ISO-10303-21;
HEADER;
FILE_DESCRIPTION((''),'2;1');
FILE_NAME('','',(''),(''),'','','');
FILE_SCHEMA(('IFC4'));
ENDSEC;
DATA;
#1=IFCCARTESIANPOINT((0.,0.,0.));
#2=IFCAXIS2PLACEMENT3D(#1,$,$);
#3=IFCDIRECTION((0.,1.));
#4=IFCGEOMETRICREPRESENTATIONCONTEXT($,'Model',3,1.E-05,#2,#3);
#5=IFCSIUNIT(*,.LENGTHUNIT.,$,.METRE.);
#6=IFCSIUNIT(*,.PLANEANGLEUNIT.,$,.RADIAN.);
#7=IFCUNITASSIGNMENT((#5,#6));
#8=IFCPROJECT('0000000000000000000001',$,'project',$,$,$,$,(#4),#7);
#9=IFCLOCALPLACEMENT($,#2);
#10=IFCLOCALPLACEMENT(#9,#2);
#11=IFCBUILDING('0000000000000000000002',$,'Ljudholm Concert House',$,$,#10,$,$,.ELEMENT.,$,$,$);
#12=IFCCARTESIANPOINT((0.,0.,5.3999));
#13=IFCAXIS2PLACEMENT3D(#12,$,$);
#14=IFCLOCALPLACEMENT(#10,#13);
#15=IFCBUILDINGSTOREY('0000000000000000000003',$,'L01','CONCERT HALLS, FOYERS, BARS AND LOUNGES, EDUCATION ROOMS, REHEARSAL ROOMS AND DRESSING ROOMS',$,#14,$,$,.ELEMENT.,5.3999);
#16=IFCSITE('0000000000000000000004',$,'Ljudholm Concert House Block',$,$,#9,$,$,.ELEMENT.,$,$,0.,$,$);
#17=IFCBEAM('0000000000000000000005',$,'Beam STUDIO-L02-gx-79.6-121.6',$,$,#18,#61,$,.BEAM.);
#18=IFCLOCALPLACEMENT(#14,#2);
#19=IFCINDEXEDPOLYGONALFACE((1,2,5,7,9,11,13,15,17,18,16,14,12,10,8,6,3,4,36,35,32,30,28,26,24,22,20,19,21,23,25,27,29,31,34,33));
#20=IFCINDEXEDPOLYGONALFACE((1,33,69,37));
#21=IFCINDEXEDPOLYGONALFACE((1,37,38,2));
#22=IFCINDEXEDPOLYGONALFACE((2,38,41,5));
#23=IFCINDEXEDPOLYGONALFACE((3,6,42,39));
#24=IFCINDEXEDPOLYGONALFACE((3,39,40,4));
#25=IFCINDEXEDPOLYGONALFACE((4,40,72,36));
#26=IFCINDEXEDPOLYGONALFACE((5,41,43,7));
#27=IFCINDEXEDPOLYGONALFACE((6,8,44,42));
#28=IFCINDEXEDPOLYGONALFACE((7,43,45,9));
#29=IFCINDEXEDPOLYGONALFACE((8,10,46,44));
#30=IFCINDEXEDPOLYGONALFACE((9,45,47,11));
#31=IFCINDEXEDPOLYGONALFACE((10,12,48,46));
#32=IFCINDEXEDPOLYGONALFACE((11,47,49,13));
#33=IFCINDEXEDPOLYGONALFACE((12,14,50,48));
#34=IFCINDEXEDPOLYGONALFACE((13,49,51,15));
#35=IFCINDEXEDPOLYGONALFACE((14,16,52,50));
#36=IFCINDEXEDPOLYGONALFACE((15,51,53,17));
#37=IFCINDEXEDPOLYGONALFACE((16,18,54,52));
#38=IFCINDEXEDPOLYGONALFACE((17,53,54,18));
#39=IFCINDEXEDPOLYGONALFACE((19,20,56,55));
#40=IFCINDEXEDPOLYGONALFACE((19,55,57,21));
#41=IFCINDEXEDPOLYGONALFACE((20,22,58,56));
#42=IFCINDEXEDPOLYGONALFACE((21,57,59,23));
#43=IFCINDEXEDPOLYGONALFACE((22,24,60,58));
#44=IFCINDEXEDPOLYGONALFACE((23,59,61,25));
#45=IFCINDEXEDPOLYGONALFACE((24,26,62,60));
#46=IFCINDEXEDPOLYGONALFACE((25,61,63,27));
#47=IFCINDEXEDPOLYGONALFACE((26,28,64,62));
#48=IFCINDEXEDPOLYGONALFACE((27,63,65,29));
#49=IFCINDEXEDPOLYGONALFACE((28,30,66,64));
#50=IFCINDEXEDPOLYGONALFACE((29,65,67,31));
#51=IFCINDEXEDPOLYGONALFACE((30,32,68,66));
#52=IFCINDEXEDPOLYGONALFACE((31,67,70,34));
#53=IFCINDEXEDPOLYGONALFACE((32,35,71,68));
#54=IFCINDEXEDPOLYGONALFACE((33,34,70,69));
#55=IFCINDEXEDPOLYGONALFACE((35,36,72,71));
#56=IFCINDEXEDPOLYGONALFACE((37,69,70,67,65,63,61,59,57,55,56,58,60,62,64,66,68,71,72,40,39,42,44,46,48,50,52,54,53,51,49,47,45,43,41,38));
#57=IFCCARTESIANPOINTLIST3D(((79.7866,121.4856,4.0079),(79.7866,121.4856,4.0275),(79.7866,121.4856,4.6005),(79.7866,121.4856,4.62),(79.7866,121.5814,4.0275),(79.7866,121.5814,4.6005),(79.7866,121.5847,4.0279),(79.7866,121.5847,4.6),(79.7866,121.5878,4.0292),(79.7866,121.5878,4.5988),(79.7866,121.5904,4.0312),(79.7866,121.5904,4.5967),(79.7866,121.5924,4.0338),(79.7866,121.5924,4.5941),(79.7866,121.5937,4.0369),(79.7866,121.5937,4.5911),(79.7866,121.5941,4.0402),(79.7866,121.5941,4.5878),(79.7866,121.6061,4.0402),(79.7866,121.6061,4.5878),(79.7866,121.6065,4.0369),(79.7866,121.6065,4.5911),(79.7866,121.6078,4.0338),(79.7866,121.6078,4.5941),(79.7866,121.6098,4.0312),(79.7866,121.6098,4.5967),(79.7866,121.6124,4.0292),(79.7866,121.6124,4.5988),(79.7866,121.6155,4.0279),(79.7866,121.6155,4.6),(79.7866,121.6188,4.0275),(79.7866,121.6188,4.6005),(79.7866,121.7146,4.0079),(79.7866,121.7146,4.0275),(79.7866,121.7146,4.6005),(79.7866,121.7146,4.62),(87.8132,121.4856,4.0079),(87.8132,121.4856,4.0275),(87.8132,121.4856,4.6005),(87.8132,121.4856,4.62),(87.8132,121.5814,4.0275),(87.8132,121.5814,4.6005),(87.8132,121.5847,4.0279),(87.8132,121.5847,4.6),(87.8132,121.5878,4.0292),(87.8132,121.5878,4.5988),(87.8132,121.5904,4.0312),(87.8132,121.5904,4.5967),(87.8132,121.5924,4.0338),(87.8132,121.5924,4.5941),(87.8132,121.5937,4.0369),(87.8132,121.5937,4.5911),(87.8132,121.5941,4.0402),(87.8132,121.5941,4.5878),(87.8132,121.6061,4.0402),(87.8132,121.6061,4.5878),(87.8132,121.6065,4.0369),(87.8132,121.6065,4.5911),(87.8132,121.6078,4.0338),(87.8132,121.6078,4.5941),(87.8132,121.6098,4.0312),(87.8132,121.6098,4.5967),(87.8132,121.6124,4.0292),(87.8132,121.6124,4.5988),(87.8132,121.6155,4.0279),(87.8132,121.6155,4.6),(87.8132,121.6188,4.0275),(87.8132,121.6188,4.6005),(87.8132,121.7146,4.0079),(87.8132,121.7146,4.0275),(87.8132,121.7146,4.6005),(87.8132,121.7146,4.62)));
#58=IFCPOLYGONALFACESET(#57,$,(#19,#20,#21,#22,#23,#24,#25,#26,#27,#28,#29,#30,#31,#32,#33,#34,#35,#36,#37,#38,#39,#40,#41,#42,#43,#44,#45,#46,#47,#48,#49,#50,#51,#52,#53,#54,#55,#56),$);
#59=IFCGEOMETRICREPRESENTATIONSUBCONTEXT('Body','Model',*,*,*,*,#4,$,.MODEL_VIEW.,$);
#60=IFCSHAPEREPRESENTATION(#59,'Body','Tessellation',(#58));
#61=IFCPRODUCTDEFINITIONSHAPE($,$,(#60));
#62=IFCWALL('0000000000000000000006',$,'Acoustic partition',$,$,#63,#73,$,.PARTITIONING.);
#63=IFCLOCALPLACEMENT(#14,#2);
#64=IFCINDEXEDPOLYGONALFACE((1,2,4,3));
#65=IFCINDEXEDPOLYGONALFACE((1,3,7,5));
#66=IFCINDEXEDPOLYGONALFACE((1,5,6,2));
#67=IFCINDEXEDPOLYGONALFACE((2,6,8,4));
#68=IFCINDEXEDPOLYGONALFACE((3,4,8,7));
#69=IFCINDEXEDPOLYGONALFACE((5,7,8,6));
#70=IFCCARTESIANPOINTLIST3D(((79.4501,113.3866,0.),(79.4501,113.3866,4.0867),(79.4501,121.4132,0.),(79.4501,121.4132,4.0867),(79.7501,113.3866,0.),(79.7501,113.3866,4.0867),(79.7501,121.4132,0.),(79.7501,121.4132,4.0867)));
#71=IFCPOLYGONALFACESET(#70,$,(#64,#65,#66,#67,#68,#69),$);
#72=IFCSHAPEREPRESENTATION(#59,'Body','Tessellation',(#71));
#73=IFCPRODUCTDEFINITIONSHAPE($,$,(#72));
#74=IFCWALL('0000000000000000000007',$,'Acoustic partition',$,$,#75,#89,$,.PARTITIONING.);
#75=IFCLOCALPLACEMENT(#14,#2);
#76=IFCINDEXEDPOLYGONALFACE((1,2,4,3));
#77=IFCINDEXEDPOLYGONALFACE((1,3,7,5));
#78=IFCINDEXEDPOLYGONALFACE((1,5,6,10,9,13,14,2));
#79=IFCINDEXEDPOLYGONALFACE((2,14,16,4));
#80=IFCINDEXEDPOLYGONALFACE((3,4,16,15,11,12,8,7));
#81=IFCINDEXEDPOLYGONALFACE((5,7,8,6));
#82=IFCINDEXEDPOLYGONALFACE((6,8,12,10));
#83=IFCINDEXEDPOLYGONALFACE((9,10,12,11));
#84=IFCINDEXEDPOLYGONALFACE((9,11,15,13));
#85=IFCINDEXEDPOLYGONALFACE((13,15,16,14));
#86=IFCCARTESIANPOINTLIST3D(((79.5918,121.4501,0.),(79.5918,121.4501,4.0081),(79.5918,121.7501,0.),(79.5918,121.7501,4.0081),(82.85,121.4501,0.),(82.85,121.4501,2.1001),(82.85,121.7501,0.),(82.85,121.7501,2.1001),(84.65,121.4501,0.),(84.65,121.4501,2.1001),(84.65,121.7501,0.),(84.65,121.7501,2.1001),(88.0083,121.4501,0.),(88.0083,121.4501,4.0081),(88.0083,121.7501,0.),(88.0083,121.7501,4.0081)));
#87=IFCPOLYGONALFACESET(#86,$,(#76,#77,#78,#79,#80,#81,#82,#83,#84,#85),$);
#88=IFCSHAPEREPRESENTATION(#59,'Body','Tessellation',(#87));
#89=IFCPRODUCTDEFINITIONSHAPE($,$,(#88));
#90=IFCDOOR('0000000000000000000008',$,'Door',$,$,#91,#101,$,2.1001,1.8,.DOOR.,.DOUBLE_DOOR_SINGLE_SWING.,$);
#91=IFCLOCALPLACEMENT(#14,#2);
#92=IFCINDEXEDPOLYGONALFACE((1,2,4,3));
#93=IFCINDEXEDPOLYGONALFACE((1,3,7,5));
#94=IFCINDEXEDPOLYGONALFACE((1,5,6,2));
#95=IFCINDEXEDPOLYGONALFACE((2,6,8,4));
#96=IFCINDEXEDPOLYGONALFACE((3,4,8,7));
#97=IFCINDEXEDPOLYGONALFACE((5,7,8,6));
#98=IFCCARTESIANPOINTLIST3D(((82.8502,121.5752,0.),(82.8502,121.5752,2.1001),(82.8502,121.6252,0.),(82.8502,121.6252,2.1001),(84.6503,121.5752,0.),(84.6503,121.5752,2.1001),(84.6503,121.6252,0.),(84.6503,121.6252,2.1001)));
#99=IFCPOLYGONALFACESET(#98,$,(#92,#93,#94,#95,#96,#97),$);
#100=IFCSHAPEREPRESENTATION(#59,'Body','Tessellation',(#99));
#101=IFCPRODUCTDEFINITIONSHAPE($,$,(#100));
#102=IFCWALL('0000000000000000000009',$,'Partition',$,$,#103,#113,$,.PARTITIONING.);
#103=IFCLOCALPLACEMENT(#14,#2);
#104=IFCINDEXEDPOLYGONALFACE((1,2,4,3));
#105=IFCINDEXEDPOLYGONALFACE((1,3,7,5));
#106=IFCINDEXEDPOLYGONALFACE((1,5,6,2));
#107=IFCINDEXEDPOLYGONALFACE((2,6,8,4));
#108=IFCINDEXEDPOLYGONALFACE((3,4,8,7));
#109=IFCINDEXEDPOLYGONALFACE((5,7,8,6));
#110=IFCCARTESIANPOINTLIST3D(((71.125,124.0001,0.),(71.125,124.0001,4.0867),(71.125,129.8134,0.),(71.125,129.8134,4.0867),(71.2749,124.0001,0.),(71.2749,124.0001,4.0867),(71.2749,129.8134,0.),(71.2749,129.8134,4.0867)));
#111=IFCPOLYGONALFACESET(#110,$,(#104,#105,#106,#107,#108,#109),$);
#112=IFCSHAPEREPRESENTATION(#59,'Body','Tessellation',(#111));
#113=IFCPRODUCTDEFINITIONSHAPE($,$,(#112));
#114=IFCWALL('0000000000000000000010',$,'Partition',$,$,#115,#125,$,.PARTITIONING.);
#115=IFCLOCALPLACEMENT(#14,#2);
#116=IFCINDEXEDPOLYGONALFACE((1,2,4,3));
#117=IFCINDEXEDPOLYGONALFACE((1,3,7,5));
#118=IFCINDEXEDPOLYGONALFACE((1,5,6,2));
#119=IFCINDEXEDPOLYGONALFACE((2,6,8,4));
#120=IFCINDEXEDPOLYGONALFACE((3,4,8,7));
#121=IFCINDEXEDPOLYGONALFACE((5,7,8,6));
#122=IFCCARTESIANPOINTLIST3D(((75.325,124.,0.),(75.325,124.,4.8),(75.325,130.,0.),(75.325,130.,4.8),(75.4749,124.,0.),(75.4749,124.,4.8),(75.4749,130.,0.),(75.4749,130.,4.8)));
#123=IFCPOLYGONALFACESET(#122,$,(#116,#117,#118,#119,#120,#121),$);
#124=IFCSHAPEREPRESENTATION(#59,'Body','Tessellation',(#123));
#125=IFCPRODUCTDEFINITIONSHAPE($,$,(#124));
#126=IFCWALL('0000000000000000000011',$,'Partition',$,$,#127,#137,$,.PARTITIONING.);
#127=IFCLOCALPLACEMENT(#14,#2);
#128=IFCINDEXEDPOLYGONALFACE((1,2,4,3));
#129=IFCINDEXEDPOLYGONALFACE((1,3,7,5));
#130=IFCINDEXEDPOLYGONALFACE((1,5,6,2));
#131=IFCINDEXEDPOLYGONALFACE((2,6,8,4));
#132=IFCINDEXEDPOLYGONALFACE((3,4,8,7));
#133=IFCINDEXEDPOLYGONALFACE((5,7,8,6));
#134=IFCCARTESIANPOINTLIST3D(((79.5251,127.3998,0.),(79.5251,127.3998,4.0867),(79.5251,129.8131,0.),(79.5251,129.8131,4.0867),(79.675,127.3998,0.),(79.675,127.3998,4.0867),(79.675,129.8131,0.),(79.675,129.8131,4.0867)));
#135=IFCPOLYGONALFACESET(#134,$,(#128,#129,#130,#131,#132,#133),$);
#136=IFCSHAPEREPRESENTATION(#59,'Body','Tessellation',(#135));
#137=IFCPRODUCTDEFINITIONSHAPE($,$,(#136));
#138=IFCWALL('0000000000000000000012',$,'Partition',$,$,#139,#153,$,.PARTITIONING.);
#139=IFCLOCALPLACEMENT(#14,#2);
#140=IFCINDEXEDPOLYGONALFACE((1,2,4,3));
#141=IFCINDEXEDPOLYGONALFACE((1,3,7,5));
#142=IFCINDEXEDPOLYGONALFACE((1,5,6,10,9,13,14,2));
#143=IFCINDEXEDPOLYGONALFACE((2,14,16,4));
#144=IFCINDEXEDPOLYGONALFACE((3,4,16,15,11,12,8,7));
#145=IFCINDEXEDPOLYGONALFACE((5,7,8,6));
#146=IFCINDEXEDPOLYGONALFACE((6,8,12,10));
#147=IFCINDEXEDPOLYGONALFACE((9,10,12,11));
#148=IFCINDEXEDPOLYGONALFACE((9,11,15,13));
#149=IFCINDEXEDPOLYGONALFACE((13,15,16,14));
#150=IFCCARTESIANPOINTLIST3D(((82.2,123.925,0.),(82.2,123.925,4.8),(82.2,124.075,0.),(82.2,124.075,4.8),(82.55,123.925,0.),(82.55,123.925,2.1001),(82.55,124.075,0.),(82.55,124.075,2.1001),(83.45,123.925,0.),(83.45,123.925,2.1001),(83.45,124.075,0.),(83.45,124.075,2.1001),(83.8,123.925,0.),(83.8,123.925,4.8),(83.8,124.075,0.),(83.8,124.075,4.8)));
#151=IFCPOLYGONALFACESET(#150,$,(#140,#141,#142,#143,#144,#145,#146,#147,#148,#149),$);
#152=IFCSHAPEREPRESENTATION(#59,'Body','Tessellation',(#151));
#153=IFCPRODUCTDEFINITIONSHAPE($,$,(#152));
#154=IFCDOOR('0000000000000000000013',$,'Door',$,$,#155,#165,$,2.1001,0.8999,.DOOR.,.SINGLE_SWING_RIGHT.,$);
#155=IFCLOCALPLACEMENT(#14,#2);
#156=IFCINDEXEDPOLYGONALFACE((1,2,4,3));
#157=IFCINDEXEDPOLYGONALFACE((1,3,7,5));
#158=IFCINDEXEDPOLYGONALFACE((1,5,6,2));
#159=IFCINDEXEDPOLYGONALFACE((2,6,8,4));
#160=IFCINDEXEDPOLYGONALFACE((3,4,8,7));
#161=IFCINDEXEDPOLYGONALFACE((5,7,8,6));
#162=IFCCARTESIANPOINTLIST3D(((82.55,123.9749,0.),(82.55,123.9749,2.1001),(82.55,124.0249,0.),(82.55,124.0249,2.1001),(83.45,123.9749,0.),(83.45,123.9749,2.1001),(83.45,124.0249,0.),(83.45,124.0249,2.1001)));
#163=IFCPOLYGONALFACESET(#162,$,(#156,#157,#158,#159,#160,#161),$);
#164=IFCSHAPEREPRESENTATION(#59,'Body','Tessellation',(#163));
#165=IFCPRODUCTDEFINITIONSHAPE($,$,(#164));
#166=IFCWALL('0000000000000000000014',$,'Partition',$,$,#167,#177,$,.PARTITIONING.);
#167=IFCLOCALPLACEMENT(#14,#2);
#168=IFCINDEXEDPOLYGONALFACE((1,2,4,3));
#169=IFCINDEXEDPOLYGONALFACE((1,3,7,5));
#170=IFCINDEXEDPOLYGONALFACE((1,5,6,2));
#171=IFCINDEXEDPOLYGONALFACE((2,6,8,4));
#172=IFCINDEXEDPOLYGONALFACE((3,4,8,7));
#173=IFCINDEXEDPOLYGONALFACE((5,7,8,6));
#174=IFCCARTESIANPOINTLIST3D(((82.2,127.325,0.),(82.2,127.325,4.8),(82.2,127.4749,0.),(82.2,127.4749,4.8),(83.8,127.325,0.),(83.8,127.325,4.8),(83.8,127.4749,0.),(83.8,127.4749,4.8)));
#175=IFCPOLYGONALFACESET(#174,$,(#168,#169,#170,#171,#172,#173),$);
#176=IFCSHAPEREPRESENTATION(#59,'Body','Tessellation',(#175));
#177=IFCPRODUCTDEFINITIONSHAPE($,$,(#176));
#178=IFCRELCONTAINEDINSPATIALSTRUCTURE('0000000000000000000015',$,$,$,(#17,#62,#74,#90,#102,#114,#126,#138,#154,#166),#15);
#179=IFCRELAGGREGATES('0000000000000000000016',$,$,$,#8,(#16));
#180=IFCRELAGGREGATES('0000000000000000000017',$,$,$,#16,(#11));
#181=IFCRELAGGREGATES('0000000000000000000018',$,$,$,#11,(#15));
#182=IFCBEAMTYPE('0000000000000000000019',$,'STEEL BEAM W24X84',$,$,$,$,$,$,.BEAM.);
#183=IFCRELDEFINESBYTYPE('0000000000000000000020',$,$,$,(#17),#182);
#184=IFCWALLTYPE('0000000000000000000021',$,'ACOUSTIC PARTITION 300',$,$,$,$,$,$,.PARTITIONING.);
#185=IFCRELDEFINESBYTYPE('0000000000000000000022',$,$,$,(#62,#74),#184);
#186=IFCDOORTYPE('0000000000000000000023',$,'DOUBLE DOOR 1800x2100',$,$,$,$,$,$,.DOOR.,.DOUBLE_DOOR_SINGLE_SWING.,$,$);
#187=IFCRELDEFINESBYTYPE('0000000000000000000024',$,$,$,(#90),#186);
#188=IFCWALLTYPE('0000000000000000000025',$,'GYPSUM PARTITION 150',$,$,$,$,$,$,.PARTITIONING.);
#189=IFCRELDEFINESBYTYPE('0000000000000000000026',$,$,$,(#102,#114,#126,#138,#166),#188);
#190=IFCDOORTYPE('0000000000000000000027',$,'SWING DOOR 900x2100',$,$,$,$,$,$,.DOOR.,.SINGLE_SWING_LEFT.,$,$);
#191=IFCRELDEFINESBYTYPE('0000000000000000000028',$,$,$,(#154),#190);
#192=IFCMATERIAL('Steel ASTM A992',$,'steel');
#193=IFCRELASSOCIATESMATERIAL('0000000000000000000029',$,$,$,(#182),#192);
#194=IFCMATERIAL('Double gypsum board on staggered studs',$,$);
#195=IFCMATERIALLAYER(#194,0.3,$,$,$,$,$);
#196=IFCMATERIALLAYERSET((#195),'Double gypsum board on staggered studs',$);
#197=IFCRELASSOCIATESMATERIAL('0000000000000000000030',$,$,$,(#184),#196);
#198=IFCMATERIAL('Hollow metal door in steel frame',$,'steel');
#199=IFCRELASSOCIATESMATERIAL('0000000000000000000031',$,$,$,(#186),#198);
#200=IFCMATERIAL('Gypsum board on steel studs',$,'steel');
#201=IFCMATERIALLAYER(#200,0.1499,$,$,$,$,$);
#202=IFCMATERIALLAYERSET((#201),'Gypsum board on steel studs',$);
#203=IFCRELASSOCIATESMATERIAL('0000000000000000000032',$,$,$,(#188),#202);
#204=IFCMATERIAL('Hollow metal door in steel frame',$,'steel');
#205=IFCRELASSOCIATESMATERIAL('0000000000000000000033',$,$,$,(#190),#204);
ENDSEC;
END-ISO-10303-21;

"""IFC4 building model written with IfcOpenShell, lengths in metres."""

from ifc_helpers import new_model, si_unit, direction, frame, frame_2d, origin, origin_2d, place, context, subcontext, project, spatial, rectangle, i_section, extrude, material, layer, layer_set, material_profile, profile_set, type_object, element, fill, save


model = new_model("IFC4")

# Units and contexts
model_context = context("Model", 3, precision=1e-05, world=origin(), true_north=direction((0.0, 1.0)))
body_context = subcontext(model_context, "Body", "Model", "MODEL_VIEW")
ifc_project = project(units=[si_unit("LENGTHUNIT", "METRE"), si_unit("PLANEANGLEUNIT", "RADIAN")], contexts=[model_context])

# Site, building, storey
site_placement = place(None, origin())
site = spatial("IfcSite", under=ifc_project, at=site_placement, Name="Ljudholm Concert House Block", CompositionType="ELEMENT", RefElevation=0.0)
building_placement = place(site_placement, origin())
building = spatial("IfcBuilding", under=site, at=building_placement, Name="Ljudholm Concert House", CompositionType="ELEMENT")
storey_placement = place(building_placement, frame((0.0, 0.0, 5.3999)))
storey = spatial("IfcBuildingStorey", under=building, at=storey_placement, Name="L01", Description="CONCERT HALLS, FOYERS, BARS AND LOUNGES, EDUCATION ROOMS, REHEARSAL ROOMS AND DRESSING ROOMS", CompositionType="ELEMENT", Elevation=5.3999)

# Beam
ifc_material_1 = material(Name="Steel ASTM A992", Category="steel")
ifc_material_profile_1 = material_profile(ifc_material_1, i_section(OverallWidth=0.229, OverallDepth=0.6121, WebThickness=0.012, FlangeThickness=0.0195, FilletRadius=0.0127, at=origin_2d()), Name="W24X84")
ifc_profile_set_1 = profile_set([ifc_material_profile_1], Name="Steel ASTM A992")
beam_type_1 = type_object("IfcBeamType", Name="STEEL BEAM W24X84", PredefinedType="BEAM", material=ifc_profile_set_1)
for number, where, z_axis, x_axis, name in (
    (1, (79.7866, 121.6001, 4.314), (1.0, 0.0, 0.0), (0.0, 1.0, 0.0), "Beam STUDIO-L02-gx-79.6-121.6"),
):
    element("IfcBeam", number, at=place(storey_placement, frame(where, z_axis=z_axis, x_axis=x_axis)), inside=storey, type_object=beam_type_1, Name=name, PredefinedType="BEAM", context=body_context, shape_type="SweptSolid", body=[
        extrude(i_section(OverallWidth=0.229, OverallDepth=0.6121, WebThickness=0.012, FlangeThickness=0.0195, FilletRadius=0.0127, at=origin_2d()), origin(), (0.0, 0.0, 1.0), 8.0266),
    ])

# Wall
ifc_material_2 = material(Name="Double gypsum board on staggered studs")
ifc_layer_1 = layer(ifc_material_2, 0.3)
ifc_layer_set_1 = layer_set([ifc_layer_1], Name="Double gypsum board on staggered studs")
wall_type_1 = type_object("IfcWallType", Name="ACOUSTIC PARTITION 300", PredefinedType="PARTITIONING", material=ifc_layer_set_1)
wall_1_placement = place(storey_placement, frame((79.6001, 113.3867, 0.0), z_axis=(0.0, 0.0, 1.0), x_axis=(0.0, 1.0, 0.0)))
element("IfcWall", 2, at=wall_1_placement, inside=storey, type_object=wall_type_1, Name="Acoustic partition", PredefinedType="PARTITIONING", context=body_context, shape_type="SweptSolid", body=[
    extrude(rectangle(XDim=8.0266, YDim=0.3, at=frame_2d((4.0132, 0.0))), origin(), (0.0, 0.0, 1.0), 4.0867),
])

# Wall, opening, door
wall_2_placement = place(storey_placement, frame((79.5918, 121.6001, 0.0), z_axis=(0.0, 0.0, 1.0), x_axis=(1.0, 0.0, 0.0)))
wall_2 = element("IfcWall", 3, at=wall_2_placement, inside=storey, type_object=wall_type_1, Name="Acoustic partition", PredefinedType="PARTITIONING", context=body_context, shape_type="SweptSolid", body=[
    extrude(rectangle(XDim=8.4165, YDim=0.3, at=frame_2d((4.2083, 0.0))), origin(), (0.0, 0.0, 1.0), 4.0081),
])
opening_1_placement = place(wall_2_placement, frame((3.2583, 0.0, 0.0)))
opening_1 = element("IfcOpeningElement", 4, at=opening_1_placement, cuts=wall_2, PredefinedType="OPENING", context=body_context, shape_type="SweptSolid", body=[
    extrude(rectangle(XDim=1.8, YDim=2.1001, at=frame_2d((0.8999, 1.05))), frame((0.0, 0.1599, 0.0), z_axis=(0.0, -1.0, 0.0), x_axis=(1.0, 0.0, 0.0)), (0.0, 0.0, 1.0), 0.3201),
])
ifc_material_3 = material(Name="Hollow metal door in steel frame", Category="steel")
door_type_1 = type_object("IfcDoorType", Name="DOUBLE DOOR 1800x2100", OperationType="DOUBLE_DOOR_SINGLE_SWING", PredefinedType="DOOR", material=ifc_material_3)
door_1_placement = place(opening_1_placement, frame((1.8, 0.0, 0.0), z_axis=(0.0, 0.0, 1.0), x_axis=(-1.0, 0.0, 0.0)))
door_1 = element("IfcDoor", 5, at=door_1_placement, inside=storey, type_object=door_type_1, Name="Door", OperationType="DOUBLE_DOOR_SINGLE_SWING", OverallHeight=2.1001, OverallWidth=1.8, PredefinedType="DOOR", context=body_context, shape_type="SweptSolid", body=[
    extrude(rectangle(XDim=1.8, YDim=2.1001, at=frame_2d((0.8999, 1.05))), frame((0.0, 0.0249, 0.0), z_axis=(0.0, -1.0, 0.0), x_axis=(1.0, 0.0, 0.0)), (0.0, 0.0, 1.0), 0.05),
])
fill(opening_1, door_1)

# Walls
ifc_material_4 = material(Name="Gypsum board on steel studs", Category="steel")
ifc_layer_2 = layer(ifc_material_4, 0.1499)
ifc_layer_set_2 = layer_set([ifc_layer_2], Name="Gypsum board on steel studs")
wall_type_2 = type_object("IfcWallType", Name="GYPSUM PARTITION 150", PredefinedType="PARTITIONING", material=ifc_layer_set_2)
wall_3_placement = place(storey_placement, frame((71.2, 124.0, 0.0), z_axis=(0.0, 0.0, 1.0), x_axis=(0.0, 1.0, 0.0)))
element("IfcWall", 6, at=wall_3_placement, inside=storey, type_object=wall_type_2, Name="Partition", PredefinedType="PARTITIONING", context=body_context, shape_type="SweptSolid", body=[
    extrude(rectangle(XDim=5.8132, YDim=0.1499, at=frame_2d((2.9067, 0.0))), origin(), (0.0, 0.0, 1.0), 4.0867),
])
wall_4_placement = place(storey_placement, frame((75.3999, 124.0, 0.0), z_axis=(0.0, 0.0, 1.0), x_axis=(0.0, 1.0, 0.0)))
element("IfcWall", 7, at=wall_4_placement, inside=storey, type_object=wall_type_2, Name="Partition", PredefinedType="PARTITIONING", context=body_context, shape_type="SweptSolid", body=[
    extrude(rectangle(XDim=6.0, YDim=0.1499, at=frame_2d((3.0, 0.0))), origin(), (0.0, 0.0, 1.0), 4.8),
])
wall_5_placement = place(storey_placement, frame((79.6001, 127.3999, 0.0), z_axis=(0.0, 0.0, 1.0), x_axis=(0.0, 1.0, 0.0)))
element("IfcWall", 8, at=wall_5_placement, inside=storey, type_object=wall_type_2, Name="Partition", PredefinedType="PARTITIONING", context=body_context, shape_type="SweptSolid", body=[
    extrude(rectangle(XDim=2.4133, YDim=0.1499, at=frame_2d((1.2065, 0.0))), origin(), (0.0, 0.0, 1.0), 4.0867),
])

# Wall, opening, door
wall_6_placement = place(storey_placement, frame((82.2, 124.0, 0.0), z_axis=(0.0, 0.0, 1.0), x_axis=(1.0, 0.0, 0.0)))
wall_6 = element("IfcWall", 9, at=wall_6_placement, inside=storey, type_object=wall_type_2, Name="Partition", PredefinedType="PARTITIONING", context=body_context, shape_type="SweptSolid", body=[
    extrude(rectangle(XDim=1.6001, YDim=0.1499, at=frame_2d((0.8, 0.0))), origin(), (0.0, 0.0, 1.0), 4.8),
])
opening_2_placement = place(wall_6_placement, frame((0.3501, 0.0, 0.0)))
opening_2 = element("IfcOpeningElement", 10, at=opening_2_placement, cuts=wall_6, PredefinedType="OPENING", context=body_context, shape_type="SweptSolid", body=[
    extrude(rectangle(XDim=0.8999, YDim=2.1001, at=frame_2d((0.45, 1.05))), frame((0.0, 0.085, 0.0), z_axis=(0.0, -1.0, 0.0), x_axis=(1.0, 0.0, 0.0)), (0.0, 0.0, 1.0), 0.1699),
])
ifc_material_5 = material(Name="Hollow metal door in steel frame", Category="steel")
door_type_2 = type_object("IfcDoorType", Name="SWING DOOR 900x2100", OperationType="SINGLE_SWING_LEFT", PredefinedType="DOOR", material=ifc_material_5)
door_2_placement = place(opening_2_placement, origin())
door_2 = element("IfcDoor", 11, at=door_2_placement, inside=storey, type_object=door_type_2, Name="Door", OperationType="SINGLE_SWING_RIGHT", OverallHeight=2.1001, OverallWidth=0.8999, PredefinedType="DOOR", context=body_context, shape_type="SweptSolid", body=[
    extrude(rectangle(XDim=0.8999, YDim=2.1001, at=frame_2d((0.45, 1.05))), frame((0.0, 0.0249, 0.0), z_axis=(0.0, -1.0, 0.0), x_axis=(1.0, 0.0, 0.0)), (0.0, 0.0, 1.0), 0.05),
])
fill(opening_2, door_2)

# Wall
wall_7_placement = place(storey_placement, frame((82.2, 127.3999, 0.0), z_axis=(0.0, 0.0, 1.0), x_axis=(1.0, 0.0, 0.0)))
element("IfcWall", 12, at=wall_7_placement, inside=storey, type_object=wall_type_2, Name="Partition", PredefinedType="PARTITIONING", context=body_context, shape_type="SweptSolid", body=[
    extrude(rectangle(XDim=1.6001, YDim=0.1499, at=frame_2d((0.8, 0.0))), origin(), (0.0, 0.0, 1.0), 4.8),
])

save(model, "model.ifc")
